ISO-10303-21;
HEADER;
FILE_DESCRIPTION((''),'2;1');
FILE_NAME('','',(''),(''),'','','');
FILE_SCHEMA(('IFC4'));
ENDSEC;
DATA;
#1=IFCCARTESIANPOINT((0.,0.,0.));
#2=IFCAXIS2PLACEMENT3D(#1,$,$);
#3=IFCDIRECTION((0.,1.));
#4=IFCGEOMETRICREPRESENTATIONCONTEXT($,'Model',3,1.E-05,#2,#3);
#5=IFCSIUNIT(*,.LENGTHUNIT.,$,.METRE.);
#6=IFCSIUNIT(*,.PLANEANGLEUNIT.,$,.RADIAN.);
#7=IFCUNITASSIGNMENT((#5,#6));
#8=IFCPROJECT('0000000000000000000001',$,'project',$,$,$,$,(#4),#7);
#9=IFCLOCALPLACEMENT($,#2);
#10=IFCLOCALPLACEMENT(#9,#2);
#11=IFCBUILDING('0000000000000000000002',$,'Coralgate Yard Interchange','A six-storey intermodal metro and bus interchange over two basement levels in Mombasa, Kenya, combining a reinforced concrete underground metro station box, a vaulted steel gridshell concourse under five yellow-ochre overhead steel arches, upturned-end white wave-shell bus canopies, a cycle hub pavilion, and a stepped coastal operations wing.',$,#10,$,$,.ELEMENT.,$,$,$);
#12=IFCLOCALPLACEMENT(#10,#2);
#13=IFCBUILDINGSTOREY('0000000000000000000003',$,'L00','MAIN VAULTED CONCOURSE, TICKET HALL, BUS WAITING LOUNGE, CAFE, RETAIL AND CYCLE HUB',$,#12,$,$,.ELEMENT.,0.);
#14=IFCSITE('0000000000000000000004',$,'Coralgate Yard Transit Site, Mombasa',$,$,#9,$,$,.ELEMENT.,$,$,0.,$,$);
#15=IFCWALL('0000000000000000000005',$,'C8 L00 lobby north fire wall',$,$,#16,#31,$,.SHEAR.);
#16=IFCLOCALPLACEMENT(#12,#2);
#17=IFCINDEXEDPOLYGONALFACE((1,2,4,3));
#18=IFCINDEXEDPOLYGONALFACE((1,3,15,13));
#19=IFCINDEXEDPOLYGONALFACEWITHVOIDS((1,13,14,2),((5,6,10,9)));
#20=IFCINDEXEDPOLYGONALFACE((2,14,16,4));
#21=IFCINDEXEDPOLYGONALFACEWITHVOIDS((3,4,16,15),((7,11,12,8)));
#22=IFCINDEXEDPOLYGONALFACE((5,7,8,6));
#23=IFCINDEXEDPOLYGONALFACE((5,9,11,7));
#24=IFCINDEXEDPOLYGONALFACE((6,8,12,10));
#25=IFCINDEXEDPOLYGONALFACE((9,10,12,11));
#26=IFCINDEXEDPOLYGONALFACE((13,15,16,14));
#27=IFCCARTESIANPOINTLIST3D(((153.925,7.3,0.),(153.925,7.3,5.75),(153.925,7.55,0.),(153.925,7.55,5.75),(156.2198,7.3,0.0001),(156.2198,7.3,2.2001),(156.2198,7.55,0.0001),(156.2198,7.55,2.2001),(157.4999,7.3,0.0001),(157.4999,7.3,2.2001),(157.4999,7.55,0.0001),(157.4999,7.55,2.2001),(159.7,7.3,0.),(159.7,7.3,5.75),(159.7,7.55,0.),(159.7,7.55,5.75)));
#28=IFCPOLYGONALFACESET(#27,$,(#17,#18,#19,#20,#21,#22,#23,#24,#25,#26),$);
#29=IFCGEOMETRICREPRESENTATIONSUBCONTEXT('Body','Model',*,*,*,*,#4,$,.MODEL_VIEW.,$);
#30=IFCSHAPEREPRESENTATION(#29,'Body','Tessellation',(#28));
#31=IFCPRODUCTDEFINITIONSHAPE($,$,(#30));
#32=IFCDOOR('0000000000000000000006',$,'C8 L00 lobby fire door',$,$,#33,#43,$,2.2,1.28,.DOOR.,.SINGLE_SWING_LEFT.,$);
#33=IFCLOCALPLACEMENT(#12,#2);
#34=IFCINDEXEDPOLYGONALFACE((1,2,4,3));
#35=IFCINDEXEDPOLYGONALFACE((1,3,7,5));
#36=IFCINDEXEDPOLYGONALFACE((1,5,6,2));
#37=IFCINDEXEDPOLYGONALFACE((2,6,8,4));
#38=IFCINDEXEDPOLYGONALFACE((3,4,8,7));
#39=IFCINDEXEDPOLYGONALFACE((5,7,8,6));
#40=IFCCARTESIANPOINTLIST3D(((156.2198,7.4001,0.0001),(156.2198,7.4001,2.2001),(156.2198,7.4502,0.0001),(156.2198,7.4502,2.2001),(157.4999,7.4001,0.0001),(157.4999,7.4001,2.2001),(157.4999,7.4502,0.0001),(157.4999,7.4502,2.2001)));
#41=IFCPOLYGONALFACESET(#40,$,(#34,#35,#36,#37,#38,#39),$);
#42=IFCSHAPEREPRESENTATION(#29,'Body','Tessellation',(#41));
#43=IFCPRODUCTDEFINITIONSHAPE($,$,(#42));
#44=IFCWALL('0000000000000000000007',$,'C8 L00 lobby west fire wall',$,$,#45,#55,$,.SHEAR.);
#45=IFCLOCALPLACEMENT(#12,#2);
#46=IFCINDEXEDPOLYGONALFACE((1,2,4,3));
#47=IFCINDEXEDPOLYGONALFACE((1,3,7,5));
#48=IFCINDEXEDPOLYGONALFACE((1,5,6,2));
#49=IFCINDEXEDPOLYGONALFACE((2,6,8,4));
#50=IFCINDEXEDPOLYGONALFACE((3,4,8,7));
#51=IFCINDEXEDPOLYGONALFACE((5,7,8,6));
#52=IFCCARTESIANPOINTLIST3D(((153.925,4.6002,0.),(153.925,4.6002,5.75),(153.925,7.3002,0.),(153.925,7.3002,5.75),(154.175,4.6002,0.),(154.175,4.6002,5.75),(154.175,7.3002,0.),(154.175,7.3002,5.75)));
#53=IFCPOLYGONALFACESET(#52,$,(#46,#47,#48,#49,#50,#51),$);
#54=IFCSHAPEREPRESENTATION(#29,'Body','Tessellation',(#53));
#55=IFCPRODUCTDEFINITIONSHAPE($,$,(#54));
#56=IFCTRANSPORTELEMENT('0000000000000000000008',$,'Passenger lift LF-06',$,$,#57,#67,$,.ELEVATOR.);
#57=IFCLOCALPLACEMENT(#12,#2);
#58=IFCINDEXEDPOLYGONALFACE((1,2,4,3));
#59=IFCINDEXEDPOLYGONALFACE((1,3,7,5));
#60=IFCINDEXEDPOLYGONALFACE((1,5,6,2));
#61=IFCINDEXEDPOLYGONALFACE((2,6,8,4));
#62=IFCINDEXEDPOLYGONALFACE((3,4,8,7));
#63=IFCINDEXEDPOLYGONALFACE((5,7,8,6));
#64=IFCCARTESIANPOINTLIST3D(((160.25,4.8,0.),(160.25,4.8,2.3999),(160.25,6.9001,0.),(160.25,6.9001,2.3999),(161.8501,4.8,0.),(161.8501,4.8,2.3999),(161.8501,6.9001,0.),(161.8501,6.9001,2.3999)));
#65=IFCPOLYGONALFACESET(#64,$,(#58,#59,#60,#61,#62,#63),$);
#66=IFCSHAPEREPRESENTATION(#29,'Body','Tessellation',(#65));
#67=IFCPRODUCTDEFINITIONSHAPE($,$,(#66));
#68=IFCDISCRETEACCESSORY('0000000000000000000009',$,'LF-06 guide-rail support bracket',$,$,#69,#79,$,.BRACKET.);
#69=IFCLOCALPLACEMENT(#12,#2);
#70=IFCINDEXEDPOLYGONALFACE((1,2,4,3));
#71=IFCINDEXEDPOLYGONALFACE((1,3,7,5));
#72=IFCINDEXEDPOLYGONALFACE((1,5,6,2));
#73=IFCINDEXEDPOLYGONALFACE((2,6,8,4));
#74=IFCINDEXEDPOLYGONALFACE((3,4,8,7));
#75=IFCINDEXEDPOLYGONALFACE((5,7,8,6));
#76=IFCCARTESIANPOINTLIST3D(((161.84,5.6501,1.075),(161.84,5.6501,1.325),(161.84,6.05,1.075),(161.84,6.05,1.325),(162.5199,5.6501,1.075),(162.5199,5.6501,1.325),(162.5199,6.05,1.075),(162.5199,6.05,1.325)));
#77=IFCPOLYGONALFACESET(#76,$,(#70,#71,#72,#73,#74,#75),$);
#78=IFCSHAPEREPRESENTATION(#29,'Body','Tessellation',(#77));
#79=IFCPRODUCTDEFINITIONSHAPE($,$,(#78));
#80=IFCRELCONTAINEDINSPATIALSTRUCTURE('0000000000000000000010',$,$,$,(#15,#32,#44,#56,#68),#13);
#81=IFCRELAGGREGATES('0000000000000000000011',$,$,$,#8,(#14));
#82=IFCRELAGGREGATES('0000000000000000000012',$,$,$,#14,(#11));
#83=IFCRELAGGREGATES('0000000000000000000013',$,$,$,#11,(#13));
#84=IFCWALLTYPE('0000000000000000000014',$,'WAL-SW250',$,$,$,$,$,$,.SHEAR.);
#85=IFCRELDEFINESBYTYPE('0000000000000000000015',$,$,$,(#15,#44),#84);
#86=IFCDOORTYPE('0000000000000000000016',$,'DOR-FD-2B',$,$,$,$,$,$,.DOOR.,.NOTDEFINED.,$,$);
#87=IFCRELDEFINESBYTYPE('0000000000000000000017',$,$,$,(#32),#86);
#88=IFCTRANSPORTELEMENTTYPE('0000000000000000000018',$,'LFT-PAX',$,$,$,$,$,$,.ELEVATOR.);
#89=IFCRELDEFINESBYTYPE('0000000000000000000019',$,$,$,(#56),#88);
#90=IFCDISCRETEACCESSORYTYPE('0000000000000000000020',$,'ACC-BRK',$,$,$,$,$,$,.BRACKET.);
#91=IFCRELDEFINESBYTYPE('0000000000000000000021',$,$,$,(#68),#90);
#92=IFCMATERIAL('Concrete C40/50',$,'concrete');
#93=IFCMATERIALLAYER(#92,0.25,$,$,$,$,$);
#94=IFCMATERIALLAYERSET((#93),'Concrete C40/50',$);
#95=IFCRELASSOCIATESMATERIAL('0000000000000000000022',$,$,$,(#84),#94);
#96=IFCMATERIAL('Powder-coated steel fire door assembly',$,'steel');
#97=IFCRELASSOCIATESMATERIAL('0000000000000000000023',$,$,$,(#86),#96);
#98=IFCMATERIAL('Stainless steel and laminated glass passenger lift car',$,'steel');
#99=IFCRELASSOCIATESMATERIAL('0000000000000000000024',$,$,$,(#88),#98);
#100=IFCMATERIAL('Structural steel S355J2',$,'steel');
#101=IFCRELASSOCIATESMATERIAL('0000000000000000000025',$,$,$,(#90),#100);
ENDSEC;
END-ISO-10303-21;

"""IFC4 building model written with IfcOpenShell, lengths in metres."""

from ifc_helpers import new_model, si_unit, direction, frame, frame_2d, origin, origin_2d, place, context, subcontext, project, spatial, rectangle, extrude, material, layer, layer_set, type_object, element, fill, save


model = new_model("IFC4")

# Units and contexts
model_context = context("Model", 3, precision=1e-05, world=origin(), true_north=direction((0.0, 1.0)))
body_context = subcontext(model_context, "Body", "Model", "MODEL_VIEW")
ifc_project = project(units=[si_unit("LENGTHUNIT", "METRE"), si_unit("PLANEANGLEUNIT", "RADIAN")], contexts=[model_context])

# Site, building, storey
site_placement = place(None, origin())
site = spatial("IfcSite", under=ifc_project, at=site_placement, Name="Coralgate Yard Transit Site, Mombasa", CompositionType="ELEMENT", RefElevation=0.0)
building_placement = place(site_placement, origin())
building = spatial("IfcBuilding", under=site, at=building_placement, Name="Coralgate Yard Interchange", Description="A six-storey intermodal metro and bus interchange over two basement levels in Mombasa, Kenya, combining a reinforced concrete underground metro station box, a vaulted steel gridshell concourse under five yellow-ochre overhead steel arches, upturned-end white wave-shell bus canopies, a cycle hub pavilion, and a stepped coastal operations wing.", CompositionType="ELEMENT")
storey_placement = place(building_placement, origin())
storey = spatial("IfcBuildingStorey", under=building, at=storey_placement, Name="L00", Description="MAIN VAULTED CONCOURSE, TICKET HALL, BUS WAITING LOUNGE, CAFE, RETAIL AND CYCLE HUB", CompositionType="ELEMENT", Elevation=0.0)

# Shared definitions
ifc_material_1 = material(Name="Concrete C40/50", Category="concrete")

# Shared definitions
ifc_material_2 = material(Name="Structural steel S355J2", Category="steel")

# Wall, opening, door
ifc_layer_1 = layer(ifc_material_1, 0.25)
ifc_layer_set_1 = layer_set([ifc_layer_1], Name="Concrete C40/50")
wall_type_1 = type_object("IfcWallType", Name="WAL-SW250", PredefinedType="SHEAR", material=ifc_layer_set_1)
wall_1_placement = place(storey_placement, frame((159.7, 7.425, 0.0), z_axis=(0.0, 0.0, 1.0), x_axis=(-1.0, 0.0, 0.0)))
wall_1 = element("IfcWall", 1, at=wall_1_placement, inside=storey, type_object=wall_type_1, Name="C8 L00 lobby north fire wall", PredefinedType="SHEAR", context=body_context, shape_type="SweptSolid", body=[
    extrude(rectangle(XDim=5.7749, YDim=0.25, at=frame_2d((2.8875, 0.0))), origin(), (0.0, 0.0, 1.0), 5.75),
])
opening_1_placement = place(wall_1_placement, frame((2.2, 0.0, 0.0)))
opening_1 = element("IfcOpeningElement", 2, at=opening_1_placement, cuts=wall_1, PredefinedType="OPENING", context=body_context, shape_type="SweptSolid", body=[
    extrude(rectangle(XDim=1.28, YDim=2.2, at=frame_2d((0.6401, 1.1001))), frame((0.0, 0.135, 0.0), z_axis=(0.0, -1.0, 0.0), x_axis=(1.0, 0.0, 0.0)), (0.0, 0.0, 1.0), 0.27),
])
ifc_material_3 = material(Name="Powder-coated steel fire door assembly", Category="steel")
door_type_1 = type_object("IfcDoorType", Name="DOR-FD-2B", OperationType="NOTDEFINED", PredefinedType="DOOR", material=ifc_material_3)
door_1_placement = place(opening_1_placement, origin())
door_1 = element("IfcDoor", 3, at=door_1_placement, inside=storey, type_object=door_type_1, Name="C8 L00 lobby fire door", OperationType="SINGLE_SWING_LEFT", OverallHeight=2.2, OverallWidth=1.28, PredefinedType="DOOR", context=body_context, shape_type="SweptSolid", body=[
    extrude(rectangle(XDim=1.28, YDim=2.2, at=frame_2d((0.6401, 1.1001))), frame((0.0, 0.0249, 0.0), z_axis=(0.0, -1.0, 0.0), x_axis=(1.0, 0.0, 0.0)), (0.0, 0.0, 1.0), 0.05),
])
fill(opening_1, door_1)

# Wall
wall_2_placement = place(storey_placement, frame((154.05, 4.6001, 0.0), z_axis=(0.0, 0.0, 1.0), x_axis=(0.0, 1.0, 0.0)))
element("IfcWall", 4, at=wall_2_placement, inside=storey, type_object=wall_type_1, Name="C8 L00 lobby west fire wall", PredefinedType="SHEAR", context=body_context, shape_type="SweptSolid", body=[
    extrude(rectangle(XDim=2.7, YDim=0.25, at=frame_2d((1.3501, 0.0))), origin(), (0.0, 0.0, 1.0), 5.75),
])

# Transport element
ifc_material_4 = material(Name="Stainless steel and laminated glass passenger lift car", Category="steel")
transport_element_type = type_object("IfcTransportElementType", Name="LFT-PAX", PredefinedType="ELEVATOR", material=ifc_material_4)
transport_element_placement = place(storey_placement, frame((161.05, 5.8501, 0.0), z_axis=(0.0, 0.0, 1.0), x_axis=(1.0, 0.0, 0.0)))
element("IfcTransportElement", 5, at=transport_element_placement, inside=storey, type_object=transport_element_type, Name="Passenger lift LF-06", PredefinedType="ELEVATOR", context=body_context, shape_type="SweptSolid", body=[
    extrude(rectangle(XDim=1.6001, YDim=2.1001, at=origin_2d()), origin(), (0.0, 0.0, 1.0), 2.3999),
])

# Discrete accessory
discrete_accessory_type = type_object("IfcDiscreteAccessoryType", Name="ACC-BRK", PredefinedType="BRACKET", material=ifc_material_2)
discrete_accessory_placement = place(storey_placement, frame((162.1799, 5.8501, 1.075), z_axis=(0.0, 0.0, 1.0), x_axis=(1.0, 0.0, 0.0)))
element("IfcDiscreteAccessory", 6, at=discrete_accessory_placement, inside=storey, type_object=discrete_accessory_type, Name="LF-06 guide-rail support bracket", PredefinedType="BRACKET", context=body_context, shape_type="SweptSolid", body=[
    extrude(rectangle(XDim=0.6799, YDim=0.3999, at=origin_2d()), origin(), (0.0, 0.0, 1.0), 0.25),
])

save(model, "model.ifc")
